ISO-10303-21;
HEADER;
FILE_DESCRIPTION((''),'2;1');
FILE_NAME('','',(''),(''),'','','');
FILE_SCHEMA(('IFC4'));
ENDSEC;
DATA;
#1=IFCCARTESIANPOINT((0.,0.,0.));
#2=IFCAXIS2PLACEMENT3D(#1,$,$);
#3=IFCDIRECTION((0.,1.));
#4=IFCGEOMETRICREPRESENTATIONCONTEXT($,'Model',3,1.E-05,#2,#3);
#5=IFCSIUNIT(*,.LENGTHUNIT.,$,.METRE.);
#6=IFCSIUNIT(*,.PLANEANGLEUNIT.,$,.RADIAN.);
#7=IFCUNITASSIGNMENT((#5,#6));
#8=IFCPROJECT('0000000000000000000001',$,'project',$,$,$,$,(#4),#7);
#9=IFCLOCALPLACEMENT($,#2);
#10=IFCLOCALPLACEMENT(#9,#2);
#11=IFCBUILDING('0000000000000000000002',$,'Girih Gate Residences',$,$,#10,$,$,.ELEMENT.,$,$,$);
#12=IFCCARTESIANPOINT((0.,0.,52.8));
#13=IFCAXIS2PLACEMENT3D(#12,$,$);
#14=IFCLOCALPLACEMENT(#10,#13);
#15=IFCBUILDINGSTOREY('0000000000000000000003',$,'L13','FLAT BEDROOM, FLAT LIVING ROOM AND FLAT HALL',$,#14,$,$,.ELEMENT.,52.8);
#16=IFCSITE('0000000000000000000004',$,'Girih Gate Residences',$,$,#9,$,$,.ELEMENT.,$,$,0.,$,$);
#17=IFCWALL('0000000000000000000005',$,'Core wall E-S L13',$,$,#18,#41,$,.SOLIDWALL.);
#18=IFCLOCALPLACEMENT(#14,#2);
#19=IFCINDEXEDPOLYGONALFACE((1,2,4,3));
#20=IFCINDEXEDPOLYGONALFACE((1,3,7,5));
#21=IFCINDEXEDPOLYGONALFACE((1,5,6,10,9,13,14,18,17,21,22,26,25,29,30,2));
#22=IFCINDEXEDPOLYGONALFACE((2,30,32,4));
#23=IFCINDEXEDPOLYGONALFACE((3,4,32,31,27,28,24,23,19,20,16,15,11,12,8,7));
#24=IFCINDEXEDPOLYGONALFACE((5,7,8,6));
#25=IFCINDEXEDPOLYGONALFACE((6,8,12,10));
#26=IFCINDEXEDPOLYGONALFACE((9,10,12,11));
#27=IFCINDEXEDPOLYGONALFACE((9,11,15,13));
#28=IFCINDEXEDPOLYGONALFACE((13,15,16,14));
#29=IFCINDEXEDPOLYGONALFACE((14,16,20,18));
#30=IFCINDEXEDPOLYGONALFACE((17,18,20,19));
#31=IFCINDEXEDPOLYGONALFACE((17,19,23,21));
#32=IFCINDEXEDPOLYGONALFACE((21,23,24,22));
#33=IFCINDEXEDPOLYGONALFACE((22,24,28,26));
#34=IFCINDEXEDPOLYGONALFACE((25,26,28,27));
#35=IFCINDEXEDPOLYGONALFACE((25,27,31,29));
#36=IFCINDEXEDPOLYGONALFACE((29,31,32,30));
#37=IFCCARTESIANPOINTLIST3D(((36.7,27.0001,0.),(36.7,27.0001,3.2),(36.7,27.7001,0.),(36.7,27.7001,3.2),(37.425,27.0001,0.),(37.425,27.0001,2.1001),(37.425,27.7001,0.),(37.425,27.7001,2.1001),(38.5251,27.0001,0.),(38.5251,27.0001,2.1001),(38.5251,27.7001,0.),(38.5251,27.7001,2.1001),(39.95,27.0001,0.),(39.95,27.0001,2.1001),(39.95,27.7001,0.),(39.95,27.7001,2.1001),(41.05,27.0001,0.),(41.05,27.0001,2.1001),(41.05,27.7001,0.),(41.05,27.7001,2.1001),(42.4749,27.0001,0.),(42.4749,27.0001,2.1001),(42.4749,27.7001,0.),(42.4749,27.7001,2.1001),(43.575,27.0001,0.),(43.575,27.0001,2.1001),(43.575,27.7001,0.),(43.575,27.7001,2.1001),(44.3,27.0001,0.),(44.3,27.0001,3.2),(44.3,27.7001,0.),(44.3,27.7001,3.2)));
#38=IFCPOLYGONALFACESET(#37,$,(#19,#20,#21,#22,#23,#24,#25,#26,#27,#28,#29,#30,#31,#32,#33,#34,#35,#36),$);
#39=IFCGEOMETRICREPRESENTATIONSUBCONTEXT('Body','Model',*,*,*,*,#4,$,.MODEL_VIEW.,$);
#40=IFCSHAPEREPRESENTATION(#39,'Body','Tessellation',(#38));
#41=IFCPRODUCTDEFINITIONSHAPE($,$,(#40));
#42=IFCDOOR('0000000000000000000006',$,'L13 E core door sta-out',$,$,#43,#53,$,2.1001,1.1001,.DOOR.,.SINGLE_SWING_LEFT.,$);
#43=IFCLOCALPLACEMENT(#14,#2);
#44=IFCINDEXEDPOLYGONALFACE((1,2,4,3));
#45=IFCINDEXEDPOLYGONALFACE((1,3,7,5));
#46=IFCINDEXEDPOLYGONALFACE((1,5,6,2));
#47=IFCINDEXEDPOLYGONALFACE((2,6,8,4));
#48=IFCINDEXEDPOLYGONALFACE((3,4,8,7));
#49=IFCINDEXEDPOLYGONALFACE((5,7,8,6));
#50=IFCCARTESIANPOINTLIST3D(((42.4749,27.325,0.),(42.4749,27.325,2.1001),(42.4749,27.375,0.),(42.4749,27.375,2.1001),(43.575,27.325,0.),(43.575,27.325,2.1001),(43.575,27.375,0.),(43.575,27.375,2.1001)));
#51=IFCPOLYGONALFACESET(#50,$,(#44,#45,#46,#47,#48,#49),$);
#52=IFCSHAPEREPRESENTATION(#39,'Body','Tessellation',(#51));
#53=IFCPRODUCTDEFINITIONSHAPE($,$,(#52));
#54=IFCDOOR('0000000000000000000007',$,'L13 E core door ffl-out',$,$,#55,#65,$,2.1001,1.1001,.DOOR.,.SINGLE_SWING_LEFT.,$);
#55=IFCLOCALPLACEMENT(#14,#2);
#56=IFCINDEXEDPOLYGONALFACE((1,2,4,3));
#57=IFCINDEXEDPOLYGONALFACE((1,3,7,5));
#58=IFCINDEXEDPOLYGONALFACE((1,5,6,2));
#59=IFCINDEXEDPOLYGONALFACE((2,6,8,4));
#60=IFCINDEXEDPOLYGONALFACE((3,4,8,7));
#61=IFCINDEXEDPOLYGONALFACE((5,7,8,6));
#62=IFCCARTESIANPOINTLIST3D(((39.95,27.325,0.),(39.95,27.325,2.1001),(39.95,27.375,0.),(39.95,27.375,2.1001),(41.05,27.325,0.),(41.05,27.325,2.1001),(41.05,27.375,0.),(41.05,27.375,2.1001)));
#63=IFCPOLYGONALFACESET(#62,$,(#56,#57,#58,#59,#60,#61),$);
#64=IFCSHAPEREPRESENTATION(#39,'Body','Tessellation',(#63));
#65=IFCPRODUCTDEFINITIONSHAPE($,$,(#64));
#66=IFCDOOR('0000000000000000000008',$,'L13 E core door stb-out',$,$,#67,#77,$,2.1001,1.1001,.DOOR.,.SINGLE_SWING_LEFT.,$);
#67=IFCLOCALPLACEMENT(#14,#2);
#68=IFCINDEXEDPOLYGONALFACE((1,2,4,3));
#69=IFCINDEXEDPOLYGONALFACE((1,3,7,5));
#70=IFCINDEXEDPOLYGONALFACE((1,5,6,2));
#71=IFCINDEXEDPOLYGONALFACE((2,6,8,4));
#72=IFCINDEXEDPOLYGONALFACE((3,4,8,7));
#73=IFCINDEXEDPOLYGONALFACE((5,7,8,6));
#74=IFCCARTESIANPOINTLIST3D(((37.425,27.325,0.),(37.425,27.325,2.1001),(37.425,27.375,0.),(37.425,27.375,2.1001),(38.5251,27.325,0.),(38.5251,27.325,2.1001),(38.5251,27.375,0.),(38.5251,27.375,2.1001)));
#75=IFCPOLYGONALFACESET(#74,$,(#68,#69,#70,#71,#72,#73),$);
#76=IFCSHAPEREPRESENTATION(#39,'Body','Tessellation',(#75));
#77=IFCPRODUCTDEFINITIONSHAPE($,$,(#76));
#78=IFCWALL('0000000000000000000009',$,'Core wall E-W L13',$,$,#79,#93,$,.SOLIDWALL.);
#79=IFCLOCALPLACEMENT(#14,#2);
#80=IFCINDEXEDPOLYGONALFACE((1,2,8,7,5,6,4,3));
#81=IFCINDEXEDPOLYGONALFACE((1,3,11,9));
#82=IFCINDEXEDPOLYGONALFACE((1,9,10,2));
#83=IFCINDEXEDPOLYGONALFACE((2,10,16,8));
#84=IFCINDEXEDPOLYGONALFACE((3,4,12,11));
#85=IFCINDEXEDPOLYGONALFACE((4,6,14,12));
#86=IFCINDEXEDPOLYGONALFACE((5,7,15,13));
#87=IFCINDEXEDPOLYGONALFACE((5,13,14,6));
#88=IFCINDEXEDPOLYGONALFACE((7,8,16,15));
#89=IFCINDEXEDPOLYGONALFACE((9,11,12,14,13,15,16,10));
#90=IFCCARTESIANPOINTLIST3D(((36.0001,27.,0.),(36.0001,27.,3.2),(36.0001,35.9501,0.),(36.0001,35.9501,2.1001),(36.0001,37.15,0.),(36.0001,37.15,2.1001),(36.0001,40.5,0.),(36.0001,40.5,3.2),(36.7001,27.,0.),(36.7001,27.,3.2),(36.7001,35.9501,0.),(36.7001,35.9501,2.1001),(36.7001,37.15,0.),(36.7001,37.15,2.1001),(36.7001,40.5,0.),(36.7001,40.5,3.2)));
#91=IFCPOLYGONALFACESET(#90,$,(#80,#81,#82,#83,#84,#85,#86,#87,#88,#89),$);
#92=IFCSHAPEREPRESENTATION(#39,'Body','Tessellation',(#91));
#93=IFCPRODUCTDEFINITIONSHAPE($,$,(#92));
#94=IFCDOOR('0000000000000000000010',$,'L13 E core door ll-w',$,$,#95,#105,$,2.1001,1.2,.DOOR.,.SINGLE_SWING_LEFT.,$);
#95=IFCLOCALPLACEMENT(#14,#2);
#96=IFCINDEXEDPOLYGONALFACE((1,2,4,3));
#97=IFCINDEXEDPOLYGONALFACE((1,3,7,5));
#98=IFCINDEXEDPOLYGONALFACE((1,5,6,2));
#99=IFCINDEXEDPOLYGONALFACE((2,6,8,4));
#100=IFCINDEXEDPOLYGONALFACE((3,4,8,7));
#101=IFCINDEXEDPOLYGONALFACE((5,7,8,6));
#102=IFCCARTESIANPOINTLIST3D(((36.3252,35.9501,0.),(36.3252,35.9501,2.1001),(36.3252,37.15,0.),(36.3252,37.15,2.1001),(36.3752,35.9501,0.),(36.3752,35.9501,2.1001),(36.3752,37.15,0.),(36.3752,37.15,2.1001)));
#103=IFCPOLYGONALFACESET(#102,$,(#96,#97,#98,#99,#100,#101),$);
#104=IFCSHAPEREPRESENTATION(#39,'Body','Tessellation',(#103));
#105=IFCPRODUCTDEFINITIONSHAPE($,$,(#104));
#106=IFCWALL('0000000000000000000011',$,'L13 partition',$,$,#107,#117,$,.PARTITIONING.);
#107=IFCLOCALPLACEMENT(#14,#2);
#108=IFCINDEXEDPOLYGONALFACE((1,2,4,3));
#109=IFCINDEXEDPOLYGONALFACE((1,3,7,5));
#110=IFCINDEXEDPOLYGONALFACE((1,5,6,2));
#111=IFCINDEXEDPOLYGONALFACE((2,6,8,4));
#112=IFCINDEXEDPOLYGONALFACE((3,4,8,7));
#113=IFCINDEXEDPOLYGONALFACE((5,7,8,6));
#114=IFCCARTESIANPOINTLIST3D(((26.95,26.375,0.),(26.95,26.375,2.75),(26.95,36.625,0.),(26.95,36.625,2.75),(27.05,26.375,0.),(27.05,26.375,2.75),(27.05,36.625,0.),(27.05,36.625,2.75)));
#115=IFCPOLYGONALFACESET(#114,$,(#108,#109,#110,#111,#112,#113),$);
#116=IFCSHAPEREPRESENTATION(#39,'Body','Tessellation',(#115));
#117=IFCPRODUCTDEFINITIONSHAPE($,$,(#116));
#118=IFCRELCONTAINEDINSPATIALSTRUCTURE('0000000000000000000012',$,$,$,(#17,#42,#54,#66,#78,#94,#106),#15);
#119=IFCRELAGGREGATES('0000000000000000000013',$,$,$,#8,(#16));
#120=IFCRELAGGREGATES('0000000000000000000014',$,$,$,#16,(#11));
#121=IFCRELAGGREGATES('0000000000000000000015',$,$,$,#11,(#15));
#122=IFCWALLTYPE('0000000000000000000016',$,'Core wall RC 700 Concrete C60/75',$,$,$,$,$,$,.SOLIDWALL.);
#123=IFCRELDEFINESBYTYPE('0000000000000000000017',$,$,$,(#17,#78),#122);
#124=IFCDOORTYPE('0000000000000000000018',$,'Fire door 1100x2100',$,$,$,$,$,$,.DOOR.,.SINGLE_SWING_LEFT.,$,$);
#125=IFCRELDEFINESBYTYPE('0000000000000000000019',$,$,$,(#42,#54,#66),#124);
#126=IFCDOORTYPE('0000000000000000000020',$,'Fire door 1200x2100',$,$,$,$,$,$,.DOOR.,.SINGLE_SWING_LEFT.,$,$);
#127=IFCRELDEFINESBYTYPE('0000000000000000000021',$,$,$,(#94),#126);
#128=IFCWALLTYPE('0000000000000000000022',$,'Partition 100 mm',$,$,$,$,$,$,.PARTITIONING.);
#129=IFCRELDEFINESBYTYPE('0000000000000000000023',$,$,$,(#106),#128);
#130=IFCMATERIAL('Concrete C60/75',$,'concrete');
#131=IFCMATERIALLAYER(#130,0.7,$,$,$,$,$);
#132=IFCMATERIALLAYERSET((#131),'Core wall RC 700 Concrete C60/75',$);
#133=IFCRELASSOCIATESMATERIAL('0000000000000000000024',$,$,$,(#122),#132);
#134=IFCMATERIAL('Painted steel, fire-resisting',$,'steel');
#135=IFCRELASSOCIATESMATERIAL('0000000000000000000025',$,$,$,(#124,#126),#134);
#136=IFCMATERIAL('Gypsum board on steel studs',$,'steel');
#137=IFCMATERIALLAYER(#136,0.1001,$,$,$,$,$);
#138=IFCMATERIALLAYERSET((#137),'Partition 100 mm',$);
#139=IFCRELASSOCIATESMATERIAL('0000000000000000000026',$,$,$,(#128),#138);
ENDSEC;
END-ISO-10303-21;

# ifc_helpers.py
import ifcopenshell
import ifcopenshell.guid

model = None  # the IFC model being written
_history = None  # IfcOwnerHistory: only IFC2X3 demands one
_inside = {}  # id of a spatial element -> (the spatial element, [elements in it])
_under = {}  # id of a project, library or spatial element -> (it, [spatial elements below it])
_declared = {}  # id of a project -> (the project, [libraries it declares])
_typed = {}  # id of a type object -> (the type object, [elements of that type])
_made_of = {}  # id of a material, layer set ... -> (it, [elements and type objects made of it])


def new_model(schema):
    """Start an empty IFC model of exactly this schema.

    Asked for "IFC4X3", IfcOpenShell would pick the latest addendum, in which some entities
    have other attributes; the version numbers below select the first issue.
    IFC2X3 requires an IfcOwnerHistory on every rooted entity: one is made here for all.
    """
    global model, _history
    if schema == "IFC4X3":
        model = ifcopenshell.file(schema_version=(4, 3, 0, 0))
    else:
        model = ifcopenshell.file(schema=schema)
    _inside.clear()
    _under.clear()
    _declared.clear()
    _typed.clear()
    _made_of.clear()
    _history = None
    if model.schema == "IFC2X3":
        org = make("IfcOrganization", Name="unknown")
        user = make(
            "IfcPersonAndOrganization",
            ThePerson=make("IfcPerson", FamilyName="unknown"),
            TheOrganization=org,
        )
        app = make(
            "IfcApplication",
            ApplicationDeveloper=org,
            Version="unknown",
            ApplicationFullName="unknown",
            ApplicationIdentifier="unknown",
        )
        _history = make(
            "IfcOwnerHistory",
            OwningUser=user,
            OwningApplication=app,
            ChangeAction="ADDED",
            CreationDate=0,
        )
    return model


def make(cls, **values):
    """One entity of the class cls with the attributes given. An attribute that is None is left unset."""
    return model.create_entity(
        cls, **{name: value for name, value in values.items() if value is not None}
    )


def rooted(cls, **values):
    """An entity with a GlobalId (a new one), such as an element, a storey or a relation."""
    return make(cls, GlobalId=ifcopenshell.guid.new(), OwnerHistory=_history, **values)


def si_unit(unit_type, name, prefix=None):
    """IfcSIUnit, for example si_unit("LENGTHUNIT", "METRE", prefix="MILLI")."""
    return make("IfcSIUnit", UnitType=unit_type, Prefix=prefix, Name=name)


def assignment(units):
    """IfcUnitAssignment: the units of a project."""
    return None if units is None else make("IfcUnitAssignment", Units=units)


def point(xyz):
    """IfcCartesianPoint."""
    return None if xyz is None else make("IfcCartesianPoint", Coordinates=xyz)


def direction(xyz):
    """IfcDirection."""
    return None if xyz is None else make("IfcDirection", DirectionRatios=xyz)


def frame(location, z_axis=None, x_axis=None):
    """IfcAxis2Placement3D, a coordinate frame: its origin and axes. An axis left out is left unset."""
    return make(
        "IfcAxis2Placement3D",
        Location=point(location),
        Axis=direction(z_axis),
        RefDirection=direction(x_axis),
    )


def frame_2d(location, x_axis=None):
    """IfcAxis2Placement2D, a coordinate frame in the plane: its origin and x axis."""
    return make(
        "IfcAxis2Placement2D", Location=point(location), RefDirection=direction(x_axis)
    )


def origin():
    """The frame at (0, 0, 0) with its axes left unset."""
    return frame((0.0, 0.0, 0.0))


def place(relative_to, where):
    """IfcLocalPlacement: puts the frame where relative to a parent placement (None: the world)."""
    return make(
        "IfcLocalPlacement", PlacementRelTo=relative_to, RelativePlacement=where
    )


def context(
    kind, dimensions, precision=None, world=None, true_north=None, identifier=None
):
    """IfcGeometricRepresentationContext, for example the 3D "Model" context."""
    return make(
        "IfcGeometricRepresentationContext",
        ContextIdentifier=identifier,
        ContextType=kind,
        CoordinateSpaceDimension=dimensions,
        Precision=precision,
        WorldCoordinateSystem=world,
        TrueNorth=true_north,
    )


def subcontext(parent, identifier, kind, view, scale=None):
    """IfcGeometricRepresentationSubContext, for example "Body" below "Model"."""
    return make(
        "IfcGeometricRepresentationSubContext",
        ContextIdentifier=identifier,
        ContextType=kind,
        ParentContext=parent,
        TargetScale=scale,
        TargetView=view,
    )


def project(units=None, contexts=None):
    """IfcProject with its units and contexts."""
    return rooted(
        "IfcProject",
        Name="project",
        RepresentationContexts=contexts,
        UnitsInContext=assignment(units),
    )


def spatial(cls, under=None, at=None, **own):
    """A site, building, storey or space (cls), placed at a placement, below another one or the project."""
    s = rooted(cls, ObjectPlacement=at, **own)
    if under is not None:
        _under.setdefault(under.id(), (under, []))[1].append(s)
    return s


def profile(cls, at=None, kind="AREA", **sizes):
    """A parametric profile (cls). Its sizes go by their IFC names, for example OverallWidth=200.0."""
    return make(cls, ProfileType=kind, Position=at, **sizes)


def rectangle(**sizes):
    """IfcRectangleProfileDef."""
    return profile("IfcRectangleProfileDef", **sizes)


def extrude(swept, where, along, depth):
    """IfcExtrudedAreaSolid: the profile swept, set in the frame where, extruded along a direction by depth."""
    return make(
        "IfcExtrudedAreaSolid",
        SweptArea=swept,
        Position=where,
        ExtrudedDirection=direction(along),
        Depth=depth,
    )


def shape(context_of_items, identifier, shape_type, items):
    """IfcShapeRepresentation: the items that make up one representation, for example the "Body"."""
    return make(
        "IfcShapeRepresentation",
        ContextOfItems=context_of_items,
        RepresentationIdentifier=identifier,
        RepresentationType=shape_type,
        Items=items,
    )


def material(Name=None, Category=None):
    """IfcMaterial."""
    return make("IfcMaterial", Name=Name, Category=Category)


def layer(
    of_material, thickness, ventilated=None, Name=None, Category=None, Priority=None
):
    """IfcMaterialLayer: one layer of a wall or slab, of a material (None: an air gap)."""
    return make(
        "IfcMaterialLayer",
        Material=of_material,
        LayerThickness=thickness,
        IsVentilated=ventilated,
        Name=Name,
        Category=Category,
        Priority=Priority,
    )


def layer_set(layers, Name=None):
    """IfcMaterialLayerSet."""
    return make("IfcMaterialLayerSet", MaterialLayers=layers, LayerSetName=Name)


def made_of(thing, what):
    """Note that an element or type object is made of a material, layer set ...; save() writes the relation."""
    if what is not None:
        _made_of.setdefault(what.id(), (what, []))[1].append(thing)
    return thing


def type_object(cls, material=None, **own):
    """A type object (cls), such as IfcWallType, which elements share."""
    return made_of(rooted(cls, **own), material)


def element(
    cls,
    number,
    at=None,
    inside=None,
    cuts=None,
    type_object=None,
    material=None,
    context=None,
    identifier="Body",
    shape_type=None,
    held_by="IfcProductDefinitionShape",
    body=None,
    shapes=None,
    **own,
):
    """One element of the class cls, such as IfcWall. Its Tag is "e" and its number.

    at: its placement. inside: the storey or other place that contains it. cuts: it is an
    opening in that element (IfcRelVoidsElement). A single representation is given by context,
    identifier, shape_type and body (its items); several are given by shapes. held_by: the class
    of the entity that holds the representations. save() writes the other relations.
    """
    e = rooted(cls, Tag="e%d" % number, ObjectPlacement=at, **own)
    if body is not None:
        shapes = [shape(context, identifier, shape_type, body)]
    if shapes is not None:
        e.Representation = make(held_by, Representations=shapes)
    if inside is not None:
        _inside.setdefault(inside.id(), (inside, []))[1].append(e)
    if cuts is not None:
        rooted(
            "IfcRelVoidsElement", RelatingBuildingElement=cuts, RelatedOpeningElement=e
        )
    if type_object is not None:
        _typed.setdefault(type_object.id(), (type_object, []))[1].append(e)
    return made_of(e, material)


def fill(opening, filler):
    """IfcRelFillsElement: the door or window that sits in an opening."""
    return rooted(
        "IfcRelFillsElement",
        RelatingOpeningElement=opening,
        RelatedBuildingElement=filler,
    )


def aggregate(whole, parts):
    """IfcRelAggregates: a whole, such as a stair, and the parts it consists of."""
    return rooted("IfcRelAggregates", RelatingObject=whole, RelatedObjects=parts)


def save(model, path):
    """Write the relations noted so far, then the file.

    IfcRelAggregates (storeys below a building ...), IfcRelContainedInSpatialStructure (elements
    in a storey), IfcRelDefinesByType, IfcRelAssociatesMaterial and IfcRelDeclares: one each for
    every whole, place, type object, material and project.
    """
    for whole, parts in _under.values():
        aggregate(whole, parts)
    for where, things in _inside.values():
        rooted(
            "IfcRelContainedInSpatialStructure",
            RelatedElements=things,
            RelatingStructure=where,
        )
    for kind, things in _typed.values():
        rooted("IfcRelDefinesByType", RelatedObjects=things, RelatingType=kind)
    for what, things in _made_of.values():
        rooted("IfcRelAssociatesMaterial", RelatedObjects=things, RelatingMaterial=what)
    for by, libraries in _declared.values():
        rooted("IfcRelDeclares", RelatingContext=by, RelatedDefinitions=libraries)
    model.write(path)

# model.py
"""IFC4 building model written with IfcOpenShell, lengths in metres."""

from ifc_helpers import new_model, si_unit, direction, frame, frame_2d, origin, place, context, subcontext, project, spatial, rectangle, extrude, material, layer, layer_set, type_object, element, fill, save


model = new_model("IFC4")

# Units and contexts
model_context = context("Model", 3, precision=1e-05, world=origin(), true_north=direction((0.0, 1.0)))
body_context = subcontext(model_context, "Body", "Model", "MODEL_VIEW")
ifc_project = project(units=[si_unit("LENGTHUNIT", "METRE"), si_unit("PLANEANGLEUNIT", "RADIAN")], contexts=[model_context])

# Site, building, storey
site_placement = place(None, origin())
site = spatial("IfcSite", under=ifc_project, at=site_placement, Name="Girih Gate Residences", CompositionType="ELEMENT", RefElevation=0.0)
building_placement = place(site_placement, origin())
building = spatial("IfcBuilding", under=site, at=building_placement, Name="Girih Gate Residences", CompositionType="ELEMENT")
storey_placement = place(building_placement, frame((0.0, 0.0, 52.8)))
storey = spatial("IfcBuildingStorey", under=building, at=storey_placement, Name="L13", Description="FLAT BEDROOM, FLAT LIVING ROOM AND FLAT HALL", CompositionType="ELEMENT", Elevation=52.8)

# Shared definitions
ifc_material_1 = material(Name="Concrete C60/75", Category="concrete")

# Shared definitions
ifc_material_2 = material(Name="Gypsum board on steel studs", Category="steel")

# Wall, openings, doors
ifc_layer_1 = layer(ifc_material_1, 0.7)
ifc_layer_set_1 = layer_set([ifc_layer_1], Name="Core wall RC 700 Concrete C60/75")
wall_type_1 = type_object("IfcWallType", Name="Core wall RC 700 Concrete C60/75", PredefinedType="SOLIDWALL", material=ifc_layer_set_1)
wall_1_placement = place(storey_placement, frame((36.7, 27.3501, 0.0), z_axis=(0.0, 0.0, 1.0), x_axis=(1.0, 0.0, 0.0)))
wall_1 = element("IfcWall", 1, at=wall_1_placement, inside=storey, type_object=wall_type_1, Name="Core wall E-S L13", PredefinedType="SOLIDWALL", context=body_context, shape_type="SweptSolid", body=[
    extrude(rectangle(XDim=7.6001, YDim=0.7, at=frame_2d((3.8, 0.0))), origin(), (0.0, 0.0, 1.0), 3.2),
])
opening_1_placement = place(wall_1_placement, frame((5.7749, 0.0, 0.0)))
opening_1 = element("IfcOpeningElement", 2, at=opening_1_placement, cuts=wall_1, PredefinedType="OPENING", context=body_context, shape_type="SweptSolid", body=[
    extrude(rectangle(XDim=1.1001, YDim=2.1001, at=frame_2d((0.55, 1.05))), frame((0.0, 0.3599, 0.0), z_axis=(0.0, -1.0, 0.0), x_axis=(1.0, 0.0, 0.0)), (0.0, 0.0, 1.0), 0.72),
])
opening_2_placement = place(wall_1_placement, frame((3.25, 0.0, 0.0)))
opening_2 = element("IfcOpeningElement", 3, at=opening_2_placement, cuts=wall_1, PredefinedType="OPENING", context=body_context, shape_type="SweptSolid", body=[
    extrude(rectangle(XDim=1.1001, YDim=2.1001, at=frame_2d((0.55, 1.05))), frame((0.0, 0.3599, 0.0), z_axis=(0.0, -1.0, 0.0), x_axis=(1.0, 0.0, 0.0)), (0.0, 0.0, 1.0), 0.72),
])
opening_3_placement = place(wall_1_placement, frame((0.7251, 0.0, 0.0)))
opening_3 = element("IfcOpeningElement", 4, at=opening_3_placement, cuts=wall_1, PredefinedType="OPENING", context=body_context, shape_type="SweptSolid", body=[
    extrude(rectangle(XDim=1.1001, YDim=2.1001, at=frame_2d((0.55, 1.05))), frame((0.0, 0.3599, 0.0), z_axis=(0.0, -1.0, 0.0), x_axis=(1.0, 0.0, 0.0)), (0.0, 0.0, 1.0), 0.72),
])
ifc_material_3 = material(Name="Painted steel, fire-resisting", Category="steel")
door_type_1 = type_object("IfcDoorType", Name="Fire door 1100x2100", OperationType="SINGLE_SWING_LEFT", PredefinedType="DOOR", material=ifc_material_3)
door_1_placement = place(opening_1_placement, origin())
door_1 = element("IfcDoor", 5, at=door_1_placement, inside=storey, type_object=door_type_1, Name="L13 E core door sta-out", OperationType="SINGLE_SWING_LEFT", OverallHeight=2.1001, OverallWidth=1.1001, PredefinedType="DOOR", context=body_context, shape_type="SweptSolid", body=[
    extrude(rectangle(XDim=1.1001, YDim=2.1001, at=frame_2d((0.55, 1.05))), frame((0.0, 0.0249, 0.0), z_axis=(0.0, -1.0, 0.0), x_axis=(1.0, 0.0, 0.0)), (0.0, 0.0, 1.0), 0.05),
])
fill(opening_1, door_1)
door_2_placement = place(opening_2_placement, origin())
door_2 = element("IfcDoor", 6, at=door_2_placement, inside=storey, type_object=door_type_1, Name="L13 E core door ffl-out", OperationType="SINGLE_SWING_LEFT", OverallHeight=2.1001, OverallWidth=1.1001, PredefinedType="DOOR", context=body_context, shape_type="SweptSolid", body=[
    extrude(rectangle(XDim=1.1001, YDim=2.1001, at=frame_2d((0.55, 1.05))), frame((0.0, 0.0249, 0.0), z_axis=(0.0, -1.0, 0.0), x_axis=(1.0, 0.0, 0.0)), (0.0, 0.0, 1.0), 0.05),
])
fill(opening_2, door_2)
door_3_placement = place(opening_3_placement, origin())
door_3 = element("IfcDoor", 7, at=door_3_placement, inside=storey, type_object=door_type_1, Name="L13 E core door stb-out", OperationType="SINGLE_SWING_LEFT", OverallHeight=2.1001, OverallWidth=1.1001, PredefinedType="DOOR", context=body_context, shape_type="SweptSolid", body=[
    extrude(rectangle(XDim=1.1001, YDim=2.1001, at=frame_2d((0.55, 1.05))), frame((0.0, 0.0249, 0.0), z_axis=(0.0, -1.0, 0.0), x_axis=(1.0, 0.0, 0.0)), (0.0, 0.0, 1.0), 0.05),
])
fill(opening_3, door_3)

# Wall, opening, door
wall_2_placement = place(storey_placement, frame((36.3501, 27.0, 0.0), z_axis=(0.0, 0.0, 1.0), x_axis=(0.0, 1.0, 0.0)))
wall_2 = element("IfcWall", 8, at=wall_2_placement, inside=storey, type_object=wall_type_1, Name="Core wall E-W L13", PredefinedType="SOLIDWALL", context=body_context, shape_type="SweptSolid", body=[
    extrude(rectangle(XDim=13.5, YDim=0.7, at=frame_2d((6.75, 0.0))), origin(), (0.0, 0.0, 1.0), 3.2),
])
opening_4_placement = place(wall_2_placement, frame((8.95, 0.0, 0.0)))
opening_4 = element("IfcOpeningElement", 9, at=opening_4_placement, cuts=wall_2, PredefinedType="OPENING", context=body_context, shape_type="SweptSolid", body=[
    extrude(rectangle(XDim=1.2, YDim=2.1001, at=frame_2d((0.6001, 1.05))), frame((0.0, 0.3599, 0.0), z_axis=(0.0, -1.0, 0.0), x_axis=(1.0, 0.0, 0.0)), (0.0, 0.0, 1.0), 0.72),
])
door_type_2 = type_object("IfcDoorType", Name="Fire door 1200x2100", OperationType="SINGLE_SWING_LEFT", PredefinedType="DOOR", material=ifc_material_3)
door_4_placement = place(opening_4_placement, origin())
door_4 = element("IfcDoor", 10, at=door_4_placement, inside=storey, type_object=door_type_2, Name="L13 E core door ll-w", OperationType="SINGLE_SWING_LEFT", OverallHeight=2.1001, OverallWidth=1.2, PredefinedType="DOOR", context=body_context, shape_type="SweptSolid", body=[
    extrude(rectangle(XDim=1.2, YDim=2.1001, at=frame_2d((0.6001, 1.05))), frame((0.0, 0.0249, 0.0), z_axis=(0.0, -1.0, 0.0), x_axis=(1.0, 0.0, 0.0)), (0.0, 0.0, 1.0), 0.05),
])
fill(opening_4, door_4)

# Wall
ifc_layer_2 = layer(ifc_material_2, 0.1001)
ifc_layer_set_2 = layer_set([ifc_layer_2], Name="Partition 100 mm")
wall_type_2 = type_object("IfcWallType", Name="Partition 100 mm", PredefinedType="PARTITIONING", material=ifc_layer_set_2)
wall_3_placement = place(storey_placement, frame((27.0, 26.375, 0.0), z_axis=(0.0, 0.0, 1.0), x_axis=(0.0, 1.0, 0.0)))
element("IfcWall", 11, at=wall_3_placement, inside=storey, type_object=wall_type_2, Name="L13 partition", PredefinedType="PARTITIONING", context=body_context, shape_type="SweptSolid", body=[
    extrude(rectangle(XDim=10.25, YDim=0.1001, at=frame_2d((5.125, 0.0))), origin(), (0.0, 0.0, 1.0), 2.75),
])

save(model, "model.ifc")
